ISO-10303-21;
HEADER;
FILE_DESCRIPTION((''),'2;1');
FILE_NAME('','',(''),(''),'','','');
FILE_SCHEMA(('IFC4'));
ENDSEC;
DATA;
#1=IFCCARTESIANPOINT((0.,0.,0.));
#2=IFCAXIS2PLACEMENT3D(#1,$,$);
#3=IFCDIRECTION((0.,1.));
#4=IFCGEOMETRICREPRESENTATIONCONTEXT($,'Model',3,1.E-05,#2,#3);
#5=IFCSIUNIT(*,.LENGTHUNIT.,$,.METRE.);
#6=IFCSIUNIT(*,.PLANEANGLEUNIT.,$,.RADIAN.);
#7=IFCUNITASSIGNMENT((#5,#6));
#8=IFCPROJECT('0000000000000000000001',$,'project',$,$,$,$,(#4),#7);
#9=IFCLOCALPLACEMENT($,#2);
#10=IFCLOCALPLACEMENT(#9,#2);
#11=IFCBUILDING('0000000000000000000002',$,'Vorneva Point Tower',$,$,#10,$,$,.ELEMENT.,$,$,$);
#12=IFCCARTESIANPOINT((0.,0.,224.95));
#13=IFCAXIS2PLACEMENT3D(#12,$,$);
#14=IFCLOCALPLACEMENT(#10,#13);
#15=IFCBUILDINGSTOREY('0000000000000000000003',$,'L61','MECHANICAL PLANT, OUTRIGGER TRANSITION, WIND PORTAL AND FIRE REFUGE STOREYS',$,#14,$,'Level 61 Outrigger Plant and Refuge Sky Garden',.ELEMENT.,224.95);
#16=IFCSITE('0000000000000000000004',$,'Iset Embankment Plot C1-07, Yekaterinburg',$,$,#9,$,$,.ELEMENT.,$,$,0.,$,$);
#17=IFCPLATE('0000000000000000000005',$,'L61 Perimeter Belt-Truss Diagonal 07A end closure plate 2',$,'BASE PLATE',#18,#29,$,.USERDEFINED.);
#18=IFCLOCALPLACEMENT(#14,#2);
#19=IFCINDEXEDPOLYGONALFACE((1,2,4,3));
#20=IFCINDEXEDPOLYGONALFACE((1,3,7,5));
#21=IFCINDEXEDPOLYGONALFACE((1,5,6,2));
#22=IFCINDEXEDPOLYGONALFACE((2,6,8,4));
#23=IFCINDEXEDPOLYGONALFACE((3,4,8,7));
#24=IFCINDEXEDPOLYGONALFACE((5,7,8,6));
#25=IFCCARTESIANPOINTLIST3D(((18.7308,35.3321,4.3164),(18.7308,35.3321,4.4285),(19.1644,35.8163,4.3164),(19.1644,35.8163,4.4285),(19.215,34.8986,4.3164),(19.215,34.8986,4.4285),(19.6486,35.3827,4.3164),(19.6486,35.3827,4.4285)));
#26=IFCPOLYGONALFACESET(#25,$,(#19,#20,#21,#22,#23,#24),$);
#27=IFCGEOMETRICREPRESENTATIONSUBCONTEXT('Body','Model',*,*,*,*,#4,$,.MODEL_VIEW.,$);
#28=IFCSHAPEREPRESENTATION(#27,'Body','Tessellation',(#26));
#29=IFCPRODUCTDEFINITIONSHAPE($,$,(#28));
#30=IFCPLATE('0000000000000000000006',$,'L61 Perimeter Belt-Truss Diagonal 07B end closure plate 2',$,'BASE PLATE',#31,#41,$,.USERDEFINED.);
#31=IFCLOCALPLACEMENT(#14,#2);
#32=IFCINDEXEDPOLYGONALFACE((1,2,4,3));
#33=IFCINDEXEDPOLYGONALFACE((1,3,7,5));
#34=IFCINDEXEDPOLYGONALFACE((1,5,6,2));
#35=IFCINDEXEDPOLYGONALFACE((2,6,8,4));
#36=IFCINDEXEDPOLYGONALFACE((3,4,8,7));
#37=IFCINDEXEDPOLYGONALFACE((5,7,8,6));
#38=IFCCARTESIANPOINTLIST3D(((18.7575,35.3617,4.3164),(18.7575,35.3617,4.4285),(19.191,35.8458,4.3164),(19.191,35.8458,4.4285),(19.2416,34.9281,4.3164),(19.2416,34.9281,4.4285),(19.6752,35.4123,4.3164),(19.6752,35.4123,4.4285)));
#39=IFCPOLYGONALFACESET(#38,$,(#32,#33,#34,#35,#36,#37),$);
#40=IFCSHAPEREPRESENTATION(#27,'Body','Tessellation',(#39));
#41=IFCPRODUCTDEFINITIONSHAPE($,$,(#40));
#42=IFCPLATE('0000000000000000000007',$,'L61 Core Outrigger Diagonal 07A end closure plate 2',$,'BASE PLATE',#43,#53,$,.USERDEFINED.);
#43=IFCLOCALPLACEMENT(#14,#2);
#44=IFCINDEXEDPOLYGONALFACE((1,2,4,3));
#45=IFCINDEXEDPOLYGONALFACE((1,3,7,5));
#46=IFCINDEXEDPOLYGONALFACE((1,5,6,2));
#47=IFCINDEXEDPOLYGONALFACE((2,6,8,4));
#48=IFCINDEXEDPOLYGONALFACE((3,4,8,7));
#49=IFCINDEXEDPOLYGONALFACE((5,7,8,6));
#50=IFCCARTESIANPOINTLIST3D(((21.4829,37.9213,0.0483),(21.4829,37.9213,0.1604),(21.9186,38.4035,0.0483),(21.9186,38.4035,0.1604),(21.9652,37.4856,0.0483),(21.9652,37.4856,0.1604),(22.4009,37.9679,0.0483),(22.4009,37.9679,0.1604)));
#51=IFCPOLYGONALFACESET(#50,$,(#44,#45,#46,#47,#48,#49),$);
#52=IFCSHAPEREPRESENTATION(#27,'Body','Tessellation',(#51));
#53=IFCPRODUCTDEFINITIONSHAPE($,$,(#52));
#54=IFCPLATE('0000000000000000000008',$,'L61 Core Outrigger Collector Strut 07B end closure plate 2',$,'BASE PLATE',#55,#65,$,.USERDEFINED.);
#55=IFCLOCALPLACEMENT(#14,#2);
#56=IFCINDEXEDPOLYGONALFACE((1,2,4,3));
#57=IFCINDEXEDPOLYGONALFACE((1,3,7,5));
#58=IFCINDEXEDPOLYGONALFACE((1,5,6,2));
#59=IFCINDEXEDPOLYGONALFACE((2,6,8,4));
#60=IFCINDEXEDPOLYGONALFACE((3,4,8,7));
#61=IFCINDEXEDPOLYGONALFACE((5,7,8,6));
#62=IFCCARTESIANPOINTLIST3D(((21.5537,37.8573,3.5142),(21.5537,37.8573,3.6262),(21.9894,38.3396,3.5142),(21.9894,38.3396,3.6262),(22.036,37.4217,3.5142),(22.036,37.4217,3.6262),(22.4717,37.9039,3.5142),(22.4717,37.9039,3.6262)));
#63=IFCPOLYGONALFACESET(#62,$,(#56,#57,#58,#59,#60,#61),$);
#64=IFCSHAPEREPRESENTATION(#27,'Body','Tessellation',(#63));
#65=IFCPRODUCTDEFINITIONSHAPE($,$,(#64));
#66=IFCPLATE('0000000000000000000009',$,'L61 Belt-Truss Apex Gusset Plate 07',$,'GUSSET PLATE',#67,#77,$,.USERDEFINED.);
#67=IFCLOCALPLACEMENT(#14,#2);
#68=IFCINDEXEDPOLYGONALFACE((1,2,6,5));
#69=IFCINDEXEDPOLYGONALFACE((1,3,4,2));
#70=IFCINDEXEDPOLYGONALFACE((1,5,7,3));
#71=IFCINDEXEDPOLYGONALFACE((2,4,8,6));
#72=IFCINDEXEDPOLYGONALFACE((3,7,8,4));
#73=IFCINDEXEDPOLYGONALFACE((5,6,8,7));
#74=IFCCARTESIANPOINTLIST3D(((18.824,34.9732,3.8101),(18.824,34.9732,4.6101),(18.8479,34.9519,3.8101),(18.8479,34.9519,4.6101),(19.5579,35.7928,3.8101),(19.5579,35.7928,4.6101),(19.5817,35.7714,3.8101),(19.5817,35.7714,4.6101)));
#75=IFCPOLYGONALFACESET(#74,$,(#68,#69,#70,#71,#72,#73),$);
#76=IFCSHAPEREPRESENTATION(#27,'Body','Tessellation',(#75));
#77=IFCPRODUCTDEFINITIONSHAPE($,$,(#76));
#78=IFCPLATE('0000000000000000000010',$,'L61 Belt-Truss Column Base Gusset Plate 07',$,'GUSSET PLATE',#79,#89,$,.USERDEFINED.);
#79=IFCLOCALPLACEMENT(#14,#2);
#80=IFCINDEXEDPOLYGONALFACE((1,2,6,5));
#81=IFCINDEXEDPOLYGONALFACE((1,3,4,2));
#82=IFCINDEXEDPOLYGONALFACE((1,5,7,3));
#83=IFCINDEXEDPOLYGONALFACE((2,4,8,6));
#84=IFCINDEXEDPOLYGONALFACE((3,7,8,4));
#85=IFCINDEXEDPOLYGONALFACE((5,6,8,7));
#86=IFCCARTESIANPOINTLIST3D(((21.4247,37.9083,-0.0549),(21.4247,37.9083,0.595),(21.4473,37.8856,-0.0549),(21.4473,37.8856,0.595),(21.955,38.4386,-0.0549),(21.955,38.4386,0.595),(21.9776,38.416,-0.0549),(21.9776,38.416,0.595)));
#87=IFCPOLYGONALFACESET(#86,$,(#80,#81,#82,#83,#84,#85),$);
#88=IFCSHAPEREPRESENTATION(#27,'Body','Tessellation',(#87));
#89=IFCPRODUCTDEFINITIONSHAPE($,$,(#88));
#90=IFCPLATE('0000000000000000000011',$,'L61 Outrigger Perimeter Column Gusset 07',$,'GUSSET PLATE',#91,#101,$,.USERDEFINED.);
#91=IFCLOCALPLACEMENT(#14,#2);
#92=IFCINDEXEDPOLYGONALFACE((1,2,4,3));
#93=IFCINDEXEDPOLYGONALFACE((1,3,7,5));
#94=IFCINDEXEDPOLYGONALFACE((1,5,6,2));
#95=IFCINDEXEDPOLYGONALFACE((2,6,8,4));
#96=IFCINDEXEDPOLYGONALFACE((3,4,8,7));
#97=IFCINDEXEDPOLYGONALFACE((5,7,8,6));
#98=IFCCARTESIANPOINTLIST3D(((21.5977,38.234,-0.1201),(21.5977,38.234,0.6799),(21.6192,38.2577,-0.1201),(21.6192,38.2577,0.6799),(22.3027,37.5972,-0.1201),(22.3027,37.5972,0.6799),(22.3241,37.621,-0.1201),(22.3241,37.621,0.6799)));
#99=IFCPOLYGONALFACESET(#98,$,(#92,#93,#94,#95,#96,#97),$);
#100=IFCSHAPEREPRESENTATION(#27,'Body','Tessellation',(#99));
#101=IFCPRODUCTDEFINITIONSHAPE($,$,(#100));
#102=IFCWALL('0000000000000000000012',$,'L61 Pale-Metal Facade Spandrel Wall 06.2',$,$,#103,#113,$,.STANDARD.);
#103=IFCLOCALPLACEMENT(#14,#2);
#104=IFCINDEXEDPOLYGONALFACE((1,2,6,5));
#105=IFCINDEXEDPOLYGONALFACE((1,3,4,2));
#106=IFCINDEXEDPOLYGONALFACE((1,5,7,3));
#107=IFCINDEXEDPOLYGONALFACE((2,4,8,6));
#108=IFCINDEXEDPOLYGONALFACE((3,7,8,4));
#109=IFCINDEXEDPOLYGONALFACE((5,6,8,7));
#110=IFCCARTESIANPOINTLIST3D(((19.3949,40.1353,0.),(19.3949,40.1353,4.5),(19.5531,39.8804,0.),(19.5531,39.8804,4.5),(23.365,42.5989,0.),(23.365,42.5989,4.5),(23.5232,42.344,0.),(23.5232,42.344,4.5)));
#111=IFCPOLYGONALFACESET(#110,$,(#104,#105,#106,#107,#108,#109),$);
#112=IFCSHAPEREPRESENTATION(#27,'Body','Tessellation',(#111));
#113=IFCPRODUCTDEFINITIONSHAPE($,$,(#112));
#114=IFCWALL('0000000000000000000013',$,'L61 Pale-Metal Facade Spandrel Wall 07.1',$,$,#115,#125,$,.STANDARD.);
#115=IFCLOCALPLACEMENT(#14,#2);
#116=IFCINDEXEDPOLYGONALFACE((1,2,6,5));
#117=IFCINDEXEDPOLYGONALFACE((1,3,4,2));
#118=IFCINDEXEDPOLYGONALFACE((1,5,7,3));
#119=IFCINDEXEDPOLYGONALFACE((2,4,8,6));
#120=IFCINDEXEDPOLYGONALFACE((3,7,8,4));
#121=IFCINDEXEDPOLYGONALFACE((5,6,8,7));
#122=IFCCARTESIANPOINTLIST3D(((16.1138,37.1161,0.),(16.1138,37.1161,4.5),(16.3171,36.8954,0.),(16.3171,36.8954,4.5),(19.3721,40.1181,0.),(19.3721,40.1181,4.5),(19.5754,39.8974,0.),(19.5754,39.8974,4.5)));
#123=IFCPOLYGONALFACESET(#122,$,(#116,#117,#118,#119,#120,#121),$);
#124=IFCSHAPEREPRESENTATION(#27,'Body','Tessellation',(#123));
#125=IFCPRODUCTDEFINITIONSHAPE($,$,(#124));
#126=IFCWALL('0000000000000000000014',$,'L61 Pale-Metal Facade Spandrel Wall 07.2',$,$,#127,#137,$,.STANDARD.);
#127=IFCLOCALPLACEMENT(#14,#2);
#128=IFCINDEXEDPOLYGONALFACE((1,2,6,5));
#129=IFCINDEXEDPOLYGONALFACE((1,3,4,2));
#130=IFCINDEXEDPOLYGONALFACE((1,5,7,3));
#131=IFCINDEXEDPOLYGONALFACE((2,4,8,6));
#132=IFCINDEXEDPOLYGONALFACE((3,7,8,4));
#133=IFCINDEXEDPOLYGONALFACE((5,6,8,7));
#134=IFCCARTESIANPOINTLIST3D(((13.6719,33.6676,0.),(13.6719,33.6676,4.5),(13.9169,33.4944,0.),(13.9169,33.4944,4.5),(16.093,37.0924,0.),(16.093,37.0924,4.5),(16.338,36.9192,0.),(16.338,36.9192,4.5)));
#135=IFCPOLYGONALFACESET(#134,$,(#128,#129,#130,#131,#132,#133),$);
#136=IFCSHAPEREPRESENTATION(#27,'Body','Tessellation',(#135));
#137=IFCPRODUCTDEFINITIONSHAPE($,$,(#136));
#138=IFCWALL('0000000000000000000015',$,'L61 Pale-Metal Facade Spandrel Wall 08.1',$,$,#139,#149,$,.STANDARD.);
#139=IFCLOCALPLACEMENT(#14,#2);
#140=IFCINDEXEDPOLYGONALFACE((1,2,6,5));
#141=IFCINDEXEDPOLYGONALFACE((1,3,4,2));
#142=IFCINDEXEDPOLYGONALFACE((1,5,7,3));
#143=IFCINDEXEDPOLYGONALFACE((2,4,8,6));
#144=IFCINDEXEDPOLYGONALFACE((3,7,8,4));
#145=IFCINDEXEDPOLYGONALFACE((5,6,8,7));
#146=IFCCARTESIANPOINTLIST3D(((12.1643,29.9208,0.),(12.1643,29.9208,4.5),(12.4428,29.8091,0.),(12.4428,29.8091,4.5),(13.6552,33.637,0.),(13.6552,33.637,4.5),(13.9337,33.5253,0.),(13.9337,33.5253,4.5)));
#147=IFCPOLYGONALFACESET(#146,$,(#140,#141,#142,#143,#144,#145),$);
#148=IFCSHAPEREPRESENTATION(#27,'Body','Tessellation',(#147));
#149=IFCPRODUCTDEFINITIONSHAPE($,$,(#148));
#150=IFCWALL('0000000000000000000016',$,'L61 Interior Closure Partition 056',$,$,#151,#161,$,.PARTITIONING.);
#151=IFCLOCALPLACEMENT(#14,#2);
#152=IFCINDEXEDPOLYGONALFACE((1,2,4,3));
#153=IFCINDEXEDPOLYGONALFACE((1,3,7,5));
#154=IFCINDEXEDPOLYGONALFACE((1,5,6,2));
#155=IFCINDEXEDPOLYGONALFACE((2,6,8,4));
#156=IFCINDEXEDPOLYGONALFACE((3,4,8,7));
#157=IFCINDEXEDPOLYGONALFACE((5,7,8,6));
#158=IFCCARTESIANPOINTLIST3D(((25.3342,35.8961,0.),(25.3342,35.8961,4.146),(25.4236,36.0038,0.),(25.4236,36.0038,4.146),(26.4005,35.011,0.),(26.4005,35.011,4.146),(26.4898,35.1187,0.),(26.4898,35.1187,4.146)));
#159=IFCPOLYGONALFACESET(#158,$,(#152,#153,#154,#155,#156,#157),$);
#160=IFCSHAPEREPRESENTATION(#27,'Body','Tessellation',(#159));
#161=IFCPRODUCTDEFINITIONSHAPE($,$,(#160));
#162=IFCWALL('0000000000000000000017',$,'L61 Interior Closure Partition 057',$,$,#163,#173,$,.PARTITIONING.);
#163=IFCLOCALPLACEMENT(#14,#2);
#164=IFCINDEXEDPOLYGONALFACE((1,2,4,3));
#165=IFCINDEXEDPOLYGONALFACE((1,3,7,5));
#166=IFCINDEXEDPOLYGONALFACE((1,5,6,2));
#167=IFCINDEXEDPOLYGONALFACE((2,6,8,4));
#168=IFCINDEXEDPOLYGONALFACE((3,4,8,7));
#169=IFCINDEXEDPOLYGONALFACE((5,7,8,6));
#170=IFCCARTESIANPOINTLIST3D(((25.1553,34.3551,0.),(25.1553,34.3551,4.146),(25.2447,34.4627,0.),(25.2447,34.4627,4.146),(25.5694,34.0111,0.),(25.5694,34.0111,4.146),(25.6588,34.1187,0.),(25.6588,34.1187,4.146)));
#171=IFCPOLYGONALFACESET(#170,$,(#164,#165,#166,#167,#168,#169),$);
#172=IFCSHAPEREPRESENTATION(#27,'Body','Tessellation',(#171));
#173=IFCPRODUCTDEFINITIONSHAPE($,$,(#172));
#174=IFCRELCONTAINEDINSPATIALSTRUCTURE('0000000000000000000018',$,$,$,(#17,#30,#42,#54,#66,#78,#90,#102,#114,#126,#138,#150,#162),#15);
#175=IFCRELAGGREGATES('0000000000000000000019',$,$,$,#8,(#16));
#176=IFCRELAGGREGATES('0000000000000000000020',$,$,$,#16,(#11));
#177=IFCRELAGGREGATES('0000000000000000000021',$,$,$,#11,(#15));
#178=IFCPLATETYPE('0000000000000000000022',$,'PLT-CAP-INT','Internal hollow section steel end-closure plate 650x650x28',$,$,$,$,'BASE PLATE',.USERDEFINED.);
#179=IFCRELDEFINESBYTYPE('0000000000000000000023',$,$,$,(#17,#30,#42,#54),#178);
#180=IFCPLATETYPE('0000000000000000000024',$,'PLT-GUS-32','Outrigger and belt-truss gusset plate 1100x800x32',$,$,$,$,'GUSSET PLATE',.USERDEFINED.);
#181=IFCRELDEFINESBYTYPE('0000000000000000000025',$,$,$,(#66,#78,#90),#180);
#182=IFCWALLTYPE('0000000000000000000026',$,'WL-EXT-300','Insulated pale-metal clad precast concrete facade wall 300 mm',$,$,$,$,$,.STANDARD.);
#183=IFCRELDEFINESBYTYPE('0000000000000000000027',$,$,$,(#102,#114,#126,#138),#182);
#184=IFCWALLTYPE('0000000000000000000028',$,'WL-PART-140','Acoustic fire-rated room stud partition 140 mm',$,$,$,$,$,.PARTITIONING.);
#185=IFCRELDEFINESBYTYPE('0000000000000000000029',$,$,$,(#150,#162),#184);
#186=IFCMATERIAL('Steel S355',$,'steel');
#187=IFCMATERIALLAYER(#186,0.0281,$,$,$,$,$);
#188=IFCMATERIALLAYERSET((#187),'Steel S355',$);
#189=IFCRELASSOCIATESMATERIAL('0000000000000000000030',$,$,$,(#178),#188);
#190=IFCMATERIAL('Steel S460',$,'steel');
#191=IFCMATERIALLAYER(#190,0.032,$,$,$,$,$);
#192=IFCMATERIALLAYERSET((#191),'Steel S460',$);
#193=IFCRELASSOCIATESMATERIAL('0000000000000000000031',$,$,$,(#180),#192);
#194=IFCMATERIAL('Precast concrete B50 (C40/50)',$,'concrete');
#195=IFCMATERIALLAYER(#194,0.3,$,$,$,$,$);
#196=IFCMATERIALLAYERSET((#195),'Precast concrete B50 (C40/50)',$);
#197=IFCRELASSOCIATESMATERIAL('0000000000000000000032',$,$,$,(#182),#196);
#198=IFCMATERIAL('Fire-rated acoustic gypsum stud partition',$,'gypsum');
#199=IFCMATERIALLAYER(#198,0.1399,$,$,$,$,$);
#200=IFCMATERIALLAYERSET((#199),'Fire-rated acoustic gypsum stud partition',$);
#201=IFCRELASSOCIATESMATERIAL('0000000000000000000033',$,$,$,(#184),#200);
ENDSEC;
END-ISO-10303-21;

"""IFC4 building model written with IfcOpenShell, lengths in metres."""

from ifc_helpers import new_model, si_unit, direction, frame, frame_2d, origin, origin_2d, place, context, subcontext, project, spatial, rectangle, extrude, material, layer, layer_set, type_object, element, save


model = new_model("IFC4")

# Units and contexts
model_context = context("Model", 3, precision=1e-05, world=origin(), true_north=direction((0.0, 1.0)))
body_context = subcontext(model_context, "Body", "Model", "MODEL_VIEW")
ifc_project = project(units=[si_unit("LENGTHUNIT", "METRE"), si_unit("PLANEANGLEUNIT", "RADIAN")], contexts=[model_context])

# Site, building, storey
site_placement = place(None, origin())
site = spatial("IfcSite", under=ifc_project, at=site_placement, Name="Iset Embankment Plot C1-07, Yekaterinburg", CompositionType="ELEMENT", RefElevation=0.0)
building_placement = place(site_placement, origin())
building = spatial("IfcBuilding", under=site, at=building_placement, Name="Vorneva Point Tower", CompositionType="ELEMENT")
storey_placement = place(building_placement, frame((0.0, 0.0, 224.95)))
storey = spatial("IfcBuildingStorey", under=building, at=storey_placement, Name="L61", Description="MECHANICAL PLANT, OUTRIGGER TRANSITION, WIND PORTAL AND FIRE REFUGE STOREYS", LongName="Level 61 Outrigger Plant and Refuge Sky Garden", CompositionType="ELEMENT", Elevation=224.95)

# Shared definitions
ifc_material_1 = material(Name="Steel S460", Category="steel")
ifc_material_2 = material(Name="Steel S355", Category="steel")

# Plates
ifc_layer_1 = layer(ifc_material_2, 0.0281)
ifc_layer_set_1 = layer_set([ifc_layer_1], Name="Steel S355")
plate_type_1 = type_object("IfcPlateType", Name="PLT-CAP-INT", Description="Internal hollow section steel end-closure plate 650x650x28", ElementType="BASE PLATE", PredefinedType="USERDEFINED", material=ifc_layer_set_1)
for number, where, z_axis, x_axis, name in (
    (1, (19.1897, 35.3574, 4.3164), (0.0, 0.0, 1.0), (-0.667092, -0.744976, 0.0), "L61 Perimeter Belt-Truss Diagonal 07A end closure plate 2"),
    (2, (19.2163, 35.387, 4.3164), (0.0, 0.0, 1.0), (0.667092, 0.744976, 0.0), "L61 Perimeter Belt-Truss Diagonal 07B end closure plate 2"),
    (3, (21.9419, 37.9446, 0.0483), (0.0, 0.0, 1.0), (-0.742081, 0.67031, 0.0), "L61 Core Outrigger Diagonal 07A end closure plate 2"),
    (4, (22.0127, 37.8806, 3.5142), (0.0, 0.0, 1.0), (-0.742081, 0.67031, 0.0), "L61 Core Outrigger Collector Strut 07B end closure plate 2"),
):
    element("IfcPlate", number, at=place(storey_placement, frame(where, z_axis=z_axis, x_axis=x_axis)), inside=storey, type_object=plate_type_1, Name=name, ObjectType="BASE PLATE", PredefinedType="USERDEFINED", context=body_context, shape_type="SweptSolid", body=[
        extrude(rectangle(XDim=0.6499, YDim=0.6499, at=origin_2d()), origin(), (0.0, 0.0, 1.0), 0.1121),
    ])
ifc_layer_2 = layer(ifc_material_1, 0.032)
ifc_layer_set_2 = layer_set([ifc_layer_2], Name="Steel S460")
plate_type_2 = type_object("IfcPlateType", Name="PLT-GUS-32", Description="Outrigger and belt-truss gusset plate 1100x800x32", ElementType="GUSSET PLATE", PredefinedType="USERDEFINED", material=ifc_layer_set_2)
plate_1_placement = place(storey_placement, frame((19.2029, 35.3723, 3.8101), z_axis=(0.0, 0.0, 1.0), x_axis=(-0.667092, -0.744976, 0.0)))
element("IfcPlate", 5, at=plate_1_placement, inside=storey, type_object=plate_type_2, Name="L61 Belt-Truss Apex Gusset Plate 07", ObjectType="GUSSET PLATE", PredefinedType="USERDEFINED", context=body_context, shape_type="SweptSolid", body=[
    extrude(rectangle(XDim=1.1001, YDim=0.032, at=origin_2d()), origin(), (0.0, 0.0, 1.0), 0.8),
])
plate_2_placement = place(storey_placement, frame((21.7012, 38.1621, -0.0549), z_axis=(0.0, 0.0, 1.0), x_axis=(-0.707107, -0.707107, 0.0)))
element("IfcPlate", 6, at=plate_2_placement, inside=storey, type_object=plate_type_2, Name="L61 Belt-Truss Column Base Gusset Plate 07", ObjectType="GUSSET PLATE", PredefinedType="USERDEFINED", context=body_context, shape_type="SweptSolid", body=[
    extrude(rectangle(XDim=0.75, YDim=0.032, at=origin_2d()), origin(), (0.0, 0.0, 1.0), 0.6499),
])
plate_3_placement = place(storey_placement, frame((21.9609, 37.9275, -0.1201), z_axis=(0.0, 0.0, 1.0), x_axis=(-0.742081, 0.67031, 0.0)))
element("IfcPlate", 7, at=plate_3_placement, inside=storey, type_object=plate_type_2, Name="L61 Outrigger Perimeter Column Gusset 07", ObjectType="GUSSET PLATE", PredefinedType="USERDEFINED", context=body_context, shape_type="SweptSolid", body=[
    extrude(rectangle(XDim=0.95, YDim=0.032, at=origin_2d()), origin(), (0.0, 0.0, 1.0), 0.8),
])

# Walls
ifc_material_3 = material(Name="Precast concrete B50 (C40/50)", Category="concrete")
ifc_layer_3 = layer(ifc_material_3, 0.3)
ifc_layer_set_3 = layer_set([ifc_layer_3], Name="Precast concrete B50 (C40/50)")
wall_type_1 = type_object("IfcWallType", Name="WL-EXT-300", Description="Insulated pale-metal clad precast concrete facade wall 300 mm", PredefinedType="STANDARD", material=ifc_layer_set_3)
wall_1_placement = place(storey_placement, frame((23.4441, 42.4714, 0.0), z_axis=(0.0, 0.0, 1.0), x_axis=(-0.849702, -0.527263, 0.0)))
element("IfcWall", 8, at=wall_1_placement, inside=storey, type_object=wall_type_1, Name="L61 Pale-Metal Facade Spandrel Wall 06.2", PredefinedType="STANDARD", context=body_context, shape_type="SweptSolid", body=[
    extrude(rectangle(XDim=4.6724, YDim=0.3, at=frame_2d((2.3362, 0.0))), origin(), (0.0, 0.0, 1.0), 4.5),
])
wall_2_placement = place(storey_placement, frame((19.4739, 40.0078, 0.0), z_axis=(0.0, 0.0, 1.0), x_axis=(-0.735445, -0.677584, 0.0)))
element("IfcWall", 9, at=wall_2_placement, inside=storey, type_object=wall_type_1, Name="L61 Pale-Metal Facade Spandrel Wall 07.1", PredefinedType="STANDARD", context=body_context, shape_type="SweptSolid", body=[
    extrude(rectangle(XDim=4.4304, YDim=0.3, at=frame_2d((2.2153, 0.0))), origin(), (0.0, 0.0, 1.0), 4.5),
])
wall_3_placement = place(storey_placement, frame((16.2156, 37.0059, 0.0), z_axis=(0.0, 0.0, 1.0), x_axis=(-0.577261, -0.81656, 0.0)))
element("IfcWall", 10, at=wall_3_placement, inside=storey, type_object=wall_type_1, Name="L61 Pale-Metal Facade Spandrel Wall 07.2", PredefinedType="STANDARD", context=body_context, shape_type="SweptSolid", body=[
    extrude(rectangle(XDim=4.1941, YDim=0.3, at=frame_2d((2.0972, 0.0))), origin(), (0.0, 0.0, 1.0), 4.5),
])
wall_4_placement = place(storey_placement, frame((13.7944, 33.5811, 0.0), z_axis=(0.0, 0.0, 1.0), x_axis=(-0.372347, -0.928094, 0.0)))
element("IfcWall", 11, at=wall_4_placement, inside=storey, type_object=wall_type_1, Name="L61 Pale-Metal Facade Spandrel Wall 08.1", PredefinedType="STANDARD", context=body_context, shape_type="SweptSolid", body=[
    extrude(rectangle(XDim=4.0042, YDim=0.3, at=frame_2d((2.002, 0.0))), origin(), (0.0, 0.0, 1.0), 4.5),
])
ifc_material_4 = material(Name="Fire-rated acoustic gypsum stud partition", Category="gypsum")
ifc_layer_4 = layer(ifc_material_4, 0.1399)
ifc_layer_set_4 = layer_set([ifc_layer_4], Name="Fire-rated acoustic gypsum stud partition")
wall_type_2 = type_object("IfcWallType", Name="WL-PART-140", Description="Acoustic fire-rated room stud partition 140 mm", PredefinedType="PARTITIONING", material=ifc_layer_set_4)
wall_5_placement = place(storey_placement, frame((25.3789, 35.95, 0.0), z_axis=(0.0, 0.0, 1.0), x_axis=(0.769447, -0.63871, 0.0)))
element("IfcWall", 12, at=wall_5_placement, inside=storey, type_object=wall_type_2, Name="L61 Interior Closure Partition 056", PredefinedType="PARTITIONING", context=body_context, shape_type="SweptSolid", body=[
    extrude(rectangle(XDim=1.3857, YDim=0.1399, at=frame_2d((0.6929, 0.0))), origin(), (0.0, 0.0, 1.0), 4.146),
])
wall_6_placement = place(storey_placement, frame((25.614, 34.0649, 0.0), z_axis=(0.0, 0.0, 1.0), x_axis=(-0.769187, 0.639024, 0.0)))
element("IfcWall", 13, at=wall_6_placement, inside=storey, type_object=wall_type_2, Name="L61 Interior Closure Partition 057", PredefinedType="PARTITIONING", context=body_context, shape_type="SweptSolid", body=[
    extrude(rectangle(XDim=0.5383, YDim=0.1399, at=frame_2d((0.269, 0.0))), origin(), (0.0, 0.0, 1.0), 4.146),
])

save(model, "model.ifc")
